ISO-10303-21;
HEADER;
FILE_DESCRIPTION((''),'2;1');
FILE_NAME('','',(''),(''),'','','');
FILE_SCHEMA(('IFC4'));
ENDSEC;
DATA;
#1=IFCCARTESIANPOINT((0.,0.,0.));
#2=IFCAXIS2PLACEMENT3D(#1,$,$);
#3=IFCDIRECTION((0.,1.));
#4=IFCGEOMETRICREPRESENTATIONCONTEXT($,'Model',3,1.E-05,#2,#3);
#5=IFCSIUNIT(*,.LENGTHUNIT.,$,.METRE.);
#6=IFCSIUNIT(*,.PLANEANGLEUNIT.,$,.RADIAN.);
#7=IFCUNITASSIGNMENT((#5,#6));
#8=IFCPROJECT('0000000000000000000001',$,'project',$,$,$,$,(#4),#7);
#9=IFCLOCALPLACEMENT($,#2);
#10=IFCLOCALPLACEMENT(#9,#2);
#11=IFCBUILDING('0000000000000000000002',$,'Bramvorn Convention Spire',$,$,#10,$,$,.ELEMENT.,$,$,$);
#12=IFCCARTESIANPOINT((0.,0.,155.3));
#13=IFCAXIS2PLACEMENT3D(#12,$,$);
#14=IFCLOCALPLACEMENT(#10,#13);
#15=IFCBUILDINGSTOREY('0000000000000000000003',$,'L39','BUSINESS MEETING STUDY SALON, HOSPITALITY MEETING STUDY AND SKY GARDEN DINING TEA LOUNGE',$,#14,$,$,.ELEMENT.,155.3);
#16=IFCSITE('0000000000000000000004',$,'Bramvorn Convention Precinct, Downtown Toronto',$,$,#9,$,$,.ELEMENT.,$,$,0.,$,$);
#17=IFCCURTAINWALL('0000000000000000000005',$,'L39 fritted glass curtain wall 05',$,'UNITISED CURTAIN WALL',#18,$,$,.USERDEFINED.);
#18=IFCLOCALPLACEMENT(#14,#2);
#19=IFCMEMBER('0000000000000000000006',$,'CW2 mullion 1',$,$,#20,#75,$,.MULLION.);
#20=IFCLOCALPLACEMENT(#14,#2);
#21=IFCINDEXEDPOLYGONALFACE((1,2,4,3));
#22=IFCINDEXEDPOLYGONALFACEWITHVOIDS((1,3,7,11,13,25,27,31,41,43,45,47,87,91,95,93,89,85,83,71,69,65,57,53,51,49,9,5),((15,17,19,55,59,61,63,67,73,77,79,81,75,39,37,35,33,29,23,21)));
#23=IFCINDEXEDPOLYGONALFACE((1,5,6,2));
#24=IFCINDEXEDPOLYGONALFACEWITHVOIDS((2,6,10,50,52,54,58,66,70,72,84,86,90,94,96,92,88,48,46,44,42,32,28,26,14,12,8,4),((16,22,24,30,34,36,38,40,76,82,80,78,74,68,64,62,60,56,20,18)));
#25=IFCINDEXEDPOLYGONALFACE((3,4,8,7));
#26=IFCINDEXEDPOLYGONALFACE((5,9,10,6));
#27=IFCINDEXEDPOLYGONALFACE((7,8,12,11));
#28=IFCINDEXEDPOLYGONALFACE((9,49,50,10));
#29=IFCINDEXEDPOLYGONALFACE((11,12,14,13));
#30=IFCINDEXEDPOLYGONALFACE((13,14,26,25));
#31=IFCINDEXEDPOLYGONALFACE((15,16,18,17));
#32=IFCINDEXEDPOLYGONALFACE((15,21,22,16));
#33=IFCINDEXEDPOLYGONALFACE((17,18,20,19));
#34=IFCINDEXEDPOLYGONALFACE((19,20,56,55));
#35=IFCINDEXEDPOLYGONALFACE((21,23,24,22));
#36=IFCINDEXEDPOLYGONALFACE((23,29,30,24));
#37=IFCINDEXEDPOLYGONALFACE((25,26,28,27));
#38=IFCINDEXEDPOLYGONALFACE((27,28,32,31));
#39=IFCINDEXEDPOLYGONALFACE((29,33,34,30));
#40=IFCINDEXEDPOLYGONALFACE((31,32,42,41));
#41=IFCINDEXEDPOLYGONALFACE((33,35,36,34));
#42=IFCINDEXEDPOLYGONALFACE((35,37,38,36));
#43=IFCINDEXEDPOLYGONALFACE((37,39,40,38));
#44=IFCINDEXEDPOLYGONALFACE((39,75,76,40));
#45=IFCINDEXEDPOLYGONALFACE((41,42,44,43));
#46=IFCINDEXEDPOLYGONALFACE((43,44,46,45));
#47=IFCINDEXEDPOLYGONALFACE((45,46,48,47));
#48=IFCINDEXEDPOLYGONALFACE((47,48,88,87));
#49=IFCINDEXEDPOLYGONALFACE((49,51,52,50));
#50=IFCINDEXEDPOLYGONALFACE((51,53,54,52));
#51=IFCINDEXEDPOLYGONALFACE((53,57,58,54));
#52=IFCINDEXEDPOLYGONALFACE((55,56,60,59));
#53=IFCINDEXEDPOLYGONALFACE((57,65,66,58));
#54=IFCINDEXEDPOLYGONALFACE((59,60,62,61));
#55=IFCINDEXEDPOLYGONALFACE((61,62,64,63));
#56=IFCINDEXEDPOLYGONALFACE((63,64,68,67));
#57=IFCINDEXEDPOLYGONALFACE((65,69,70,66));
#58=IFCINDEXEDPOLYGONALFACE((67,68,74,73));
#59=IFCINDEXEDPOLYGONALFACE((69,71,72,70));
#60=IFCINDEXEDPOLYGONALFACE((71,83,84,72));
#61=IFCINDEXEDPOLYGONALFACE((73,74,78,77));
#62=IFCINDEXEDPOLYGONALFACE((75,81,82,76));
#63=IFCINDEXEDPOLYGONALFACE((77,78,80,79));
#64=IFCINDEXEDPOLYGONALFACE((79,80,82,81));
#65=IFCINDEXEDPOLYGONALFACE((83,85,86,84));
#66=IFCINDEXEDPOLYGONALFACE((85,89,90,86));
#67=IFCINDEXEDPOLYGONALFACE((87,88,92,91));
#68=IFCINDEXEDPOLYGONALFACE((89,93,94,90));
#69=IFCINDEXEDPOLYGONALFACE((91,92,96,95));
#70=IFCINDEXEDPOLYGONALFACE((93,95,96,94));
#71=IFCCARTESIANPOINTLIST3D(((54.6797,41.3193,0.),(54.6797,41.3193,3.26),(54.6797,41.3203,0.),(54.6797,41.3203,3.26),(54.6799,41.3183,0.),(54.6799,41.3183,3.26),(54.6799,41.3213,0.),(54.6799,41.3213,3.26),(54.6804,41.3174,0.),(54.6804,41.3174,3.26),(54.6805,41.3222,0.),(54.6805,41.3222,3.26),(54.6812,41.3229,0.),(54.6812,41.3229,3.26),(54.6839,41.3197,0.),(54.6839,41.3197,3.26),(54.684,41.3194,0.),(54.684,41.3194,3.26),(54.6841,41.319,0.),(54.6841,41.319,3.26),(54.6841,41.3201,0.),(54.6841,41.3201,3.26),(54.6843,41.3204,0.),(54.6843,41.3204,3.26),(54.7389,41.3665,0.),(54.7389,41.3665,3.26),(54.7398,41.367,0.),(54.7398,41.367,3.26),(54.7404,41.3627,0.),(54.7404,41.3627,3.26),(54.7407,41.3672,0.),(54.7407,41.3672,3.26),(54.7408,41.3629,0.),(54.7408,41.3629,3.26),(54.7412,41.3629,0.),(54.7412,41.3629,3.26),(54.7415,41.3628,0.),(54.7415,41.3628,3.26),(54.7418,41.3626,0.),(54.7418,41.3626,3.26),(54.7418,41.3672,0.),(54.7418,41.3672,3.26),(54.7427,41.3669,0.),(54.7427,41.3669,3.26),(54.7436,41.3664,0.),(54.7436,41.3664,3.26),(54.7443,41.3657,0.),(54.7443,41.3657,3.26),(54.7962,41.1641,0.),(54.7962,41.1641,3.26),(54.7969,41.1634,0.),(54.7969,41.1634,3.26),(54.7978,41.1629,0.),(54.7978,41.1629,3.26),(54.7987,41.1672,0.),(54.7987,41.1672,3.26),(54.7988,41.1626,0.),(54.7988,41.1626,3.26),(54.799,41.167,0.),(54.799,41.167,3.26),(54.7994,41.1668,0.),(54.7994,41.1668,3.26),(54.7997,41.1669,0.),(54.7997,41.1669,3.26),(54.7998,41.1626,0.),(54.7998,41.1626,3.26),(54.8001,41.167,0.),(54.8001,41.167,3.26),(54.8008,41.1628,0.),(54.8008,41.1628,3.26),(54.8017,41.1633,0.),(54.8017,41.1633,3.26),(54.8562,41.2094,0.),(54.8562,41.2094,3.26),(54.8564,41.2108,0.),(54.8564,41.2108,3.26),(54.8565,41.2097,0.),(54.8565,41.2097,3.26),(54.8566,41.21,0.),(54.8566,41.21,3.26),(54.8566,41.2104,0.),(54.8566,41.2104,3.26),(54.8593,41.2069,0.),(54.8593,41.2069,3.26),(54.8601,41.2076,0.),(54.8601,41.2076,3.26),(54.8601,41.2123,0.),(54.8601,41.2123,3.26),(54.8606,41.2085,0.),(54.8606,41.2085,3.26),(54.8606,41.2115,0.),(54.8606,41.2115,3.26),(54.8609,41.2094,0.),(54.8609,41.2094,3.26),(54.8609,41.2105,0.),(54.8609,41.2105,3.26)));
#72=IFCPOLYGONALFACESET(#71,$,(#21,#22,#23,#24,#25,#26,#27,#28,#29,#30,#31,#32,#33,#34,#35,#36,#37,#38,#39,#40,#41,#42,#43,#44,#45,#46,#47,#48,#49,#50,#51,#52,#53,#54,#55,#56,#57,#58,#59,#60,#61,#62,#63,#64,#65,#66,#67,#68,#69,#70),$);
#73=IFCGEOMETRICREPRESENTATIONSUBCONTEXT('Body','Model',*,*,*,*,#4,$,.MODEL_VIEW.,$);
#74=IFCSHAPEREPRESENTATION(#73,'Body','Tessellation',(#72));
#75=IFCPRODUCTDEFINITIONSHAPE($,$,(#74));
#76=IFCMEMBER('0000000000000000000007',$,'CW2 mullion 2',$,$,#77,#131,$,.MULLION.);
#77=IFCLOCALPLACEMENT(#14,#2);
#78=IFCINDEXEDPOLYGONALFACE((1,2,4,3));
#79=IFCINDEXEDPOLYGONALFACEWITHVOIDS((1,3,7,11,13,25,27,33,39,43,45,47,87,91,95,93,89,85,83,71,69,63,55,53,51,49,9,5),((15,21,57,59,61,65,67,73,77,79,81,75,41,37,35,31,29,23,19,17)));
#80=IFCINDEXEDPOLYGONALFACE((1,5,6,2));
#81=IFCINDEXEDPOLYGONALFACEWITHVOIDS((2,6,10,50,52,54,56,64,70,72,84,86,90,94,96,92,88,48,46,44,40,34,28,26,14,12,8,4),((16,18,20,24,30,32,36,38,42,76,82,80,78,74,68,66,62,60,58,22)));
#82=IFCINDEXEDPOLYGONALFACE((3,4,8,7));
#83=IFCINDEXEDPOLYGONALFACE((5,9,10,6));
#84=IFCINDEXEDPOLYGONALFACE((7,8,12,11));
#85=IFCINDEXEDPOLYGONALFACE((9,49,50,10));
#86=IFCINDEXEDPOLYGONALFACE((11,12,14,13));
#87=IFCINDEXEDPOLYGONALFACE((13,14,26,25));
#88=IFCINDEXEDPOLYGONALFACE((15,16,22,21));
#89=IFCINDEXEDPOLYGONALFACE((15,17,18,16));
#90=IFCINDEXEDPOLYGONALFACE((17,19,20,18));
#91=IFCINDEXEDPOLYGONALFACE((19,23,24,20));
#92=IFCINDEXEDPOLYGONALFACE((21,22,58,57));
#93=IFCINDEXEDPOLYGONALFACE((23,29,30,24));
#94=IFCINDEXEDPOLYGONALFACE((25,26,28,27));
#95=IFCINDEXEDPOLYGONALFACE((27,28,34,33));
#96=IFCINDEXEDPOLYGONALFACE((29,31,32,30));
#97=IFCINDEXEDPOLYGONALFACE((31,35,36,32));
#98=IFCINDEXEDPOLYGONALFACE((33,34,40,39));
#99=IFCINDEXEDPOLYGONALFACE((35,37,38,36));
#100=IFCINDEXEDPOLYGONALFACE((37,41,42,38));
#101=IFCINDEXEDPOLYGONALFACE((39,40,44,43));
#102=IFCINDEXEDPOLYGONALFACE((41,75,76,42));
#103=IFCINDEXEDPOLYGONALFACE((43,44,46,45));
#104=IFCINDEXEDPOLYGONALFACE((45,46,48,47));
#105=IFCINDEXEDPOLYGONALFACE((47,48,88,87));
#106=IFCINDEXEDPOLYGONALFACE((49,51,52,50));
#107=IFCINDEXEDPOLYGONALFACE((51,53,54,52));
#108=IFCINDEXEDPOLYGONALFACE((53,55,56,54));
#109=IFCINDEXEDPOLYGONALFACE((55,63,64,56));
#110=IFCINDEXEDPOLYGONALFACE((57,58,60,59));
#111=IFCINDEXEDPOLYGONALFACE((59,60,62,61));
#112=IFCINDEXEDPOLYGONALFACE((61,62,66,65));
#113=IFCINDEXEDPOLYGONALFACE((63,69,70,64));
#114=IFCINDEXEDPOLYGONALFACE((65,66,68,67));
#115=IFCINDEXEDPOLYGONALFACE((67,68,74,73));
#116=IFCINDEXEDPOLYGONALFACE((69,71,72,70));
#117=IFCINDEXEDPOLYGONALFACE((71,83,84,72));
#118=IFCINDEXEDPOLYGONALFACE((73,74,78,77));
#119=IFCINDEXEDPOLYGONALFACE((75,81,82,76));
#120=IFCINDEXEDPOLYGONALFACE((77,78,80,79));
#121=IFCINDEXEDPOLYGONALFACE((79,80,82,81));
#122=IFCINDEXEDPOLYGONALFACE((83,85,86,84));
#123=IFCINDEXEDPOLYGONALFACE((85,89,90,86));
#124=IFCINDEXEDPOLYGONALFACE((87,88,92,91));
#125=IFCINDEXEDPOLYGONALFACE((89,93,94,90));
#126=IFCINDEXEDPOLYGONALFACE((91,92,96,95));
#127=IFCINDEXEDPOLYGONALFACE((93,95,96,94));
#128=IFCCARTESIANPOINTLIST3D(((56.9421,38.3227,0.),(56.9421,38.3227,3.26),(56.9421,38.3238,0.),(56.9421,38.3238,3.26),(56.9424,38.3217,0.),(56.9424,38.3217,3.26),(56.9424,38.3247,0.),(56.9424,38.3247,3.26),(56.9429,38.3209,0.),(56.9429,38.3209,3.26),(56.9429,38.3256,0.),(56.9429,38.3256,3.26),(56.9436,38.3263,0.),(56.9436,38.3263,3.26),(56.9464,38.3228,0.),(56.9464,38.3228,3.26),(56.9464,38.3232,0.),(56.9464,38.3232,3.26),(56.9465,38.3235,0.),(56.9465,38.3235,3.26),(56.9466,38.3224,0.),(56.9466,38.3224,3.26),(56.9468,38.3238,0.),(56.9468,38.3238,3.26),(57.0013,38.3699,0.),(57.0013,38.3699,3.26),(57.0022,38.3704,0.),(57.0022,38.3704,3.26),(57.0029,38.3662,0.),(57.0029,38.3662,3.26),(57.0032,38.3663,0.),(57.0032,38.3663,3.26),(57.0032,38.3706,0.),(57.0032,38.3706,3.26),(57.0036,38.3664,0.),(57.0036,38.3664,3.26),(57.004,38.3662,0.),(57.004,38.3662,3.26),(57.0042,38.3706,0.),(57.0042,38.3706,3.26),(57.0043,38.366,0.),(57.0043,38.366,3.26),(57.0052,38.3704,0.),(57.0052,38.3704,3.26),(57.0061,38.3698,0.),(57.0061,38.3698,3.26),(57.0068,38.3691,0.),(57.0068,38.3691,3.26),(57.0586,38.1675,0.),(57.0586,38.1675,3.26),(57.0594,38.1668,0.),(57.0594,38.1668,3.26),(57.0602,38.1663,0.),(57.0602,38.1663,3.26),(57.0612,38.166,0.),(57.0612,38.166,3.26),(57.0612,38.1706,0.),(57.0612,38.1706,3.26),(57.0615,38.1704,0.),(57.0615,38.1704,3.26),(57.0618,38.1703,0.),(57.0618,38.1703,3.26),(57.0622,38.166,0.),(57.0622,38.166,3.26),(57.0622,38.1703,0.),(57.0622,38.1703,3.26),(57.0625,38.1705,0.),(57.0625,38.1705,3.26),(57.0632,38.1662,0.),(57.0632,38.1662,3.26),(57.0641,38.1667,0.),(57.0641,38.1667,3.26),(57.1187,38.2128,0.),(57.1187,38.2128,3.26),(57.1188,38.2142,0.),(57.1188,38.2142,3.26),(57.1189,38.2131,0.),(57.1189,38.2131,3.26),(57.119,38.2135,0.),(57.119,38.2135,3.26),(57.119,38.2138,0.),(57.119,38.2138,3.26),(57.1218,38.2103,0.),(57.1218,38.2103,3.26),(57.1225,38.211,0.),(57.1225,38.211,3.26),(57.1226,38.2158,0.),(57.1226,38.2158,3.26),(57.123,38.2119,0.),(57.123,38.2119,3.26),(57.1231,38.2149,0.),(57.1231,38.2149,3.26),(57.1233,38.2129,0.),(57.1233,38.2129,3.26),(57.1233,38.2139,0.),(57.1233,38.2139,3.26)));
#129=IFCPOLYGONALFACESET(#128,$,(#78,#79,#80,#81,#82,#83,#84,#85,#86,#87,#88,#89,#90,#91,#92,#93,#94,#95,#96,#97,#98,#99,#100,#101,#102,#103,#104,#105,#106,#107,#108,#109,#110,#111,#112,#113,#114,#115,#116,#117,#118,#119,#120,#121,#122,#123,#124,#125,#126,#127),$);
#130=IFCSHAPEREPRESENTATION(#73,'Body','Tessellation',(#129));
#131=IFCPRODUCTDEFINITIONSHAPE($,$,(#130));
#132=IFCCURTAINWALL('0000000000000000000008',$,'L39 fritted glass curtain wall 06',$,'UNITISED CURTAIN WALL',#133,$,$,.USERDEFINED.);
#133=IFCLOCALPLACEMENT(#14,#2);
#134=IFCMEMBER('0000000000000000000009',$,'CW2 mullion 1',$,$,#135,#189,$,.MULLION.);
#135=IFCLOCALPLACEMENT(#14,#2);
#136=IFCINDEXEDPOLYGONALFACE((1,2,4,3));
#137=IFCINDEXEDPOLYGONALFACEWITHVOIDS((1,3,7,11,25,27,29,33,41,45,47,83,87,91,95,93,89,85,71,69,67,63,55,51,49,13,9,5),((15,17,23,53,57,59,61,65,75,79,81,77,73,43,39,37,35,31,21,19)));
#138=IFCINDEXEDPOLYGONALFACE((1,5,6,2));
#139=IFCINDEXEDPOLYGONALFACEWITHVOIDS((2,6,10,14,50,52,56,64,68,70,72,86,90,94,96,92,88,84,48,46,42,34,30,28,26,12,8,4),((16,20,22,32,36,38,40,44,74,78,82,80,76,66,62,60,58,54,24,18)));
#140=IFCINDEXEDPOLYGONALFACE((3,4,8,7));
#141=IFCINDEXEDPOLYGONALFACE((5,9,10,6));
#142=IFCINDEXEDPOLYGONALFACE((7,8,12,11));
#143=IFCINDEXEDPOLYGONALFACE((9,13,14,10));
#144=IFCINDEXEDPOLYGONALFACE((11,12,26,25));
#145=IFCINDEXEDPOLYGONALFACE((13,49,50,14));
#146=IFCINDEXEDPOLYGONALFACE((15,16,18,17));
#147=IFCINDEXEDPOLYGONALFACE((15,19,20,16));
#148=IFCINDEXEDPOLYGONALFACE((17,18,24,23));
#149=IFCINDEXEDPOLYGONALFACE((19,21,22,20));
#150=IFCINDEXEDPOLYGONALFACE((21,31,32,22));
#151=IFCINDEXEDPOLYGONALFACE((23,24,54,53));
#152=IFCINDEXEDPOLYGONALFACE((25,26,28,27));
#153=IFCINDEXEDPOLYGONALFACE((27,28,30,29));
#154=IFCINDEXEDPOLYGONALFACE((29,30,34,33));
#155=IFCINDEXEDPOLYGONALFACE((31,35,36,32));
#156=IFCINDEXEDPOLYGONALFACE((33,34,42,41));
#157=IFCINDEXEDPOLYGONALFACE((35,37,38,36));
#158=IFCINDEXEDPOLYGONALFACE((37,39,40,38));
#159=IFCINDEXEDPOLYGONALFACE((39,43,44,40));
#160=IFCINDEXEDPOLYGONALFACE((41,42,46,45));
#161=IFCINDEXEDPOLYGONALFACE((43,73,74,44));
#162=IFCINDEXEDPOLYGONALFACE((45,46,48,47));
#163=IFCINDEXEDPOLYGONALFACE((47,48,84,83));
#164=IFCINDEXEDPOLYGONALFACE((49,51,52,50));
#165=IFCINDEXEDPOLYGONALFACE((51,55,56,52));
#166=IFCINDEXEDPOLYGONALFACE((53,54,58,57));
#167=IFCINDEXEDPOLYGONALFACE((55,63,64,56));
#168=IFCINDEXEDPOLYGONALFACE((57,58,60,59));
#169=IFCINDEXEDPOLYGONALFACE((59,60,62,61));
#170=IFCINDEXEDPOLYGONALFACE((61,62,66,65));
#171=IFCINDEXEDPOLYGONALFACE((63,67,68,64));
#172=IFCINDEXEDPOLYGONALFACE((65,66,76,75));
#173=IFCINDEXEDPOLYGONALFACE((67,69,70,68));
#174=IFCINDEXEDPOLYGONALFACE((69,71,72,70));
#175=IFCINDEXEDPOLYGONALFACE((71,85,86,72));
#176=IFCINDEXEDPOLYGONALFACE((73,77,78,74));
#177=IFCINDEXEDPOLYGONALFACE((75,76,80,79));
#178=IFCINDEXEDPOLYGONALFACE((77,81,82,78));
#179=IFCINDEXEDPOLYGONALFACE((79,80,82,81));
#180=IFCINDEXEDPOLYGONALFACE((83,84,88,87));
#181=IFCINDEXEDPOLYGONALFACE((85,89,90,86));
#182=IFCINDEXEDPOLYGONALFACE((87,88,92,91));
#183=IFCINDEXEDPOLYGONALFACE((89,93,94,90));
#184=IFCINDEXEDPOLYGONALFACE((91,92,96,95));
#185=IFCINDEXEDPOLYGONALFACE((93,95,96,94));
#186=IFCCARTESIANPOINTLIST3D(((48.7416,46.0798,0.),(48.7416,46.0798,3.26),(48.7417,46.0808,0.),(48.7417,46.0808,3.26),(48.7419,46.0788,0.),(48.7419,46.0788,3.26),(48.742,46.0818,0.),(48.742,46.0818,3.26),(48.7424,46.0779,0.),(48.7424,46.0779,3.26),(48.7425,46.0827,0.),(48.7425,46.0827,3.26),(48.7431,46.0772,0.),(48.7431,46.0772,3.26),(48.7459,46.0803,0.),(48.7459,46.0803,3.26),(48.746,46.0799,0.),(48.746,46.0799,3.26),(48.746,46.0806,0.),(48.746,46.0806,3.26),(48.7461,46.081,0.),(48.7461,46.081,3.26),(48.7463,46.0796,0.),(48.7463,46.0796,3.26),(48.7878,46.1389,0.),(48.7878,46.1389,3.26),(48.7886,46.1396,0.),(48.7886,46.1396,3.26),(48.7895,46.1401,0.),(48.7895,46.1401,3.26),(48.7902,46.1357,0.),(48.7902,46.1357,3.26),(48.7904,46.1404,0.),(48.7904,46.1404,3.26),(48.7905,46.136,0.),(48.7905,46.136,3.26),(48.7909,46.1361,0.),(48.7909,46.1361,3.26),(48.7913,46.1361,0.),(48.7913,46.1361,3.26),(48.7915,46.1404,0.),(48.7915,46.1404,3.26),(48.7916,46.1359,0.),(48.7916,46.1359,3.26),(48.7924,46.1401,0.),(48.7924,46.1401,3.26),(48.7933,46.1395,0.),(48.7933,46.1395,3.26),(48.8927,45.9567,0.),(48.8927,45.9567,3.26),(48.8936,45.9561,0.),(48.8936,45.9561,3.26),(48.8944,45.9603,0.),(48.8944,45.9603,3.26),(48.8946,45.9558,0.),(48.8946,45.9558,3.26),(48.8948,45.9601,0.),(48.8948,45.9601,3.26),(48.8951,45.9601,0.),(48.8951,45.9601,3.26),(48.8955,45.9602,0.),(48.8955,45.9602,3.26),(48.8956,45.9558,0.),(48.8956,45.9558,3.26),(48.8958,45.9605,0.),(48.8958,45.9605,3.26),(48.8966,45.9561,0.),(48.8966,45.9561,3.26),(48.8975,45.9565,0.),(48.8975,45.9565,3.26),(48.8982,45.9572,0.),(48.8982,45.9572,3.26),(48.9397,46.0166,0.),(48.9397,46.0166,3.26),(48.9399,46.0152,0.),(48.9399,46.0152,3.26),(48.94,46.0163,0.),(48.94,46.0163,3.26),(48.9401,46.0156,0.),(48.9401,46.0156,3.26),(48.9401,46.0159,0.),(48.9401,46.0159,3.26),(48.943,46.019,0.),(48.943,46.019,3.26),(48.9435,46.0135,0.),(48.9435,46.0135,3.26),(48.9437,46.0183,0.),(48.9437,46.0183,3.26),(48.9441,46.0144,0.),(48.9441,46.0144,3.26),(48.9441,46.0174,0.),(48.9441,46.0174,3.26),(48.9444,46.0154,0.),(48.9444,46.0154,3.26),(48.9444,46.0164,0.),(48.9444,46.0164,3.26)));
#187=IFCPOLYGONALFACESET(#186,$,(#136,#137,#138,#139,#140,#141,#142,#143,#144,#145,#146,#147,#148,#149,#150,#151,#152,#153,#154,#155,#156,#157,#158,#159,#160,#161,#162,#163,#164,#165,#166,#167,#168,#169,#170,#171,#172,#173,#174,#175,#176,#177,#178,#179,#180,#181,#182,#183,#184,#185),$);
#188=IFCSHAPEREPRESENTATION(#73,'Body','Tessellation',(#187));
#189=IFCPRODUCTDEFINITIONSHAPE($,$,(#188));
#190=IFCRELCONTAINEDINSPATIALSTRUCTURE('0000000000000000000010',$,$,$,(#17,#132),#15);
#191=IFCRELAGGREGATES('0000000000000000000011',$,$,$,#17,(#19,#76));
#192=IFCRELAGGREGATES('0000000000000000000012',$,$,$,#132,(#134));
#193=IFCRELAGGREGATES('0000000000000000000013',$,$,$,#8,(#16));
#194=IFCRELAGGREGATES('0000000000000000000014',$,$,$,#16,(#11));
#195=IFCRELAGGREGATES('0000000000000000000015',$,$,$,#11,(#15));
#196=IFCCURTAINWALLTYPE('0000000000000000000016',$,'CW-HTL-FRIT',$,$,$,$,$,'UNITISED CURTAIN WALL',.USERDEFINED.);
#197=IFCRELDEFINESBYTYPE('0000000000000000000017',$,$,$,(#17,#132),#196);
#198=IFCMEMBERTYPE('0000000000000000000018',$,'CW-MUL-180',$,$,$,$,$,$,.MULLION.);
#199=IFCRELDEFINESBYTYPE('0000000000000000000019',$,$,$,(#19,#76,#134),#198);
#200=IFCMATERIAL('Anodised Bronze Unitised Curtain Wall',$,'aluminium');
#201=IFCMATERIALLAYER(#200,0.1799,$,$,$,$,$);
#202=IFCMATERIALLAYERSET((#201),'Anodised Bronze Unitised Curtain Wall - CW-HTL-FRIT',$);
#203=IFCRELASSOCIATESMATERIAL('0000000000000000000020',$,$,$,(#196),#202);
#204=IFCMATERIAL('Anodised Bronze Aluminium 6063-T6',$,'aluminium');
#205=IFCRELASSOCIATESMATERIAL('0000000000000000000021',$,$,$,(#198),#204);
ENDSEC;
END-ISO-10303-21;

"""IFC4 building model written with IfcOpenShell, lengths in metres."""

from ifc_helpers import new_model, si_unit, direction, frame, origin, origin_2d, place, context, subcontext, project, spatial, hollow_rectangle, extrude, material, layer, layer_set, material_profile, profile_set, type_object, element, aggregate, save


model = new_model("IFC4")

# Units and contexts
model_context = context("Model", 3, precision=1e-05, world=origin(), true_north=direction((0.0, 1.0)))
body_context = subcontext(model_context, "Body", "Model", "MODEL_VIEW")
ifc_project = project(units=[si_unit("LENGTHUNIT", "METRE"), si_unit("PLANEANGLEUNIT", "RADIAN")], contexts=[model_context])

# Site, building, storey
site_placement = place(None, origin())
site = spatial("IfcSite", under=ifc_project, at=site_placement, Name="Bramvorn Convention Precinct, Downtown Toronto", CompositionType="ELEMENT", RefElevation=0.0)
building_placement = place(site_placement, origin())
building = spatial("IfcBuilding", under=site, at=building_placement, Name="Bramvorn Convention Spire", CompositionType="ELEMENT")
storey_placement = place(building_placement, frame((0.0, 0.0, 155.3)))
storey = spatial("IfcBuildingStorey", under=building, at=storey_placement, Name="L39", Description="BUSINESS MEETING STUDY SALON, HOSPITALITY MEETING STUDY AND SKY GARDEN DINING TEA LOUNGE", CompositionType="ELEMENT", Elevation=155.3)

# Curtain walls, members
ifc_material_1 = material(Name="Anodised Bronze Unitised Curtain Wall", Category="aluminium")
ifc_layer_1 = layer(ifc_material_1, 0.1799)
ifc_layer_set_1 = layer_set([ifc_layer_1], Name="Anodised Bronze Unitised Curtain Wall - CW-HTL-FRIT")
curtain_wall_type = type_object("IfcCurtainWallType", Name="CW-HTL-FRIT", ElementType="UNITISED CURTAIN WALL", PredefinedType="USERDEFINED", material=ifc_layer_set_1)
curtain_wall_1_placement = place(storey_placement, origin())
curtain_wall_1 = element("IfcCurtainWall", 1, at=curtain_wall_1_placement, inside=storey, type_object=curtain_wall_type, Name="L39 fritted glass curtain wall 05", ObjectType="UNITISED CURTAIN WALL", PredefinedType="USERDEFINED")
ifc_material_2 = material(Name="Anodised Bronze Aluminium 6063-T6", Category="aluminium")
ifc_material_profile_1 = material_profile(ifc_material_2, hollow_rectangle(XDim=0.0801, YDim=0.2, WallThickness=0.0039, InnerFilletRadius=0.001, OuterFilletRadius=0.0039, at=origin_2d()))
ifc_profile_set_1 = profile_set([ifc_material_profile_1], Name="Anodised Bronze Aluminium 6063-T6 - CWM80X200")
member_type_1 = type_object("IfcMemberType", Name="CW-MUL-180", PredefinedType="MULLION", material=ifc_profile_set_1)
member_1_placement = place(storey_placement, frame((54.7703, 41.2649, 0.0), z_axis=(0.0, 0.0, 1.0), x_axis=(0.798108, 0.602515, 0.0)))
member_1 = element("IfcMember", 2, at=member_1_placement, type_object=member_type_1, Name="CW2 mullion 1", PredefinedType="MULLION", context=body_context, shape_type="SweptSolid", body=[
    extrude(hollow_rectangle(XDim=0.0801, YDim=0.2, WallThickness=0.0039, InnerFilletRadius=0.001, OuterFilletRadius=0.0039, at=origin_2d()), origin(), (0.0, 0.0, 1.0), 3.26),
])
member_2_placement = place(storey_placement, frame((57.0327, 38.2683, 0.0), z_axis=(0.0, 0.0, 1.0), x_axis=(0.798108, 0.602515, 0.0)))
member_2 = element("IfcMember", 3, at=member_2_placement, type_object=member_type_1, Name="CW2 mullion 2", PredefinedType="MULLION", context=body_context, shape_type="SweptSolid", body=[
    extrude(hollow_rectangle(XDim=0.0801, YDim=0.2, WallThickness=0.0039, InnerFilletRadius=0.001, OuterFilletRadius=0.0039, at=origin_2d()), origin(), (0.0, 0.0, 1.0), 3.26),
])
curtain_wall_2_placement = place(storey_placement, origin())
curtain_wall_2 = element("IfcCurtainWall", 4, at=curtain_wall_2_placement, inside=storey, type_object=curtain_wall_type, Name="L39 fritted glass curtain wall 06", ObjectType="UNITISED CURTAIN WALL", PredefinedType="USERDEFINED")
member_3_placement = place(storey_placement, frame((48.843, 46.0481, 0.0), z_axis=(0.0, 0.0, 1.0), x_axis=(0.627247, 0.778821, 0.0)))
member_3 = element("IfcMember", 5, at=member_3_placement, type_object=member_type_1, Name="CW2 mullion 1", PredefinedType="MULLION", context=body_context, shape_type="SweptSolid", body=[
    extrude(hollow_rectangle(XDim=0.0801, YDim=0.2, WallThickness=0.0039, InnerFilletRadius=0.001, OuterFilletRadius=0.0039, at=origin_2d()), origin(), (0.0, 0.0, 1.0), 3.26),
])

aggregate(curtain_wall_1, [member_1, member_2])
aggregate(curtain_wall_2, [member_3])

save(model, "model.ifc")
